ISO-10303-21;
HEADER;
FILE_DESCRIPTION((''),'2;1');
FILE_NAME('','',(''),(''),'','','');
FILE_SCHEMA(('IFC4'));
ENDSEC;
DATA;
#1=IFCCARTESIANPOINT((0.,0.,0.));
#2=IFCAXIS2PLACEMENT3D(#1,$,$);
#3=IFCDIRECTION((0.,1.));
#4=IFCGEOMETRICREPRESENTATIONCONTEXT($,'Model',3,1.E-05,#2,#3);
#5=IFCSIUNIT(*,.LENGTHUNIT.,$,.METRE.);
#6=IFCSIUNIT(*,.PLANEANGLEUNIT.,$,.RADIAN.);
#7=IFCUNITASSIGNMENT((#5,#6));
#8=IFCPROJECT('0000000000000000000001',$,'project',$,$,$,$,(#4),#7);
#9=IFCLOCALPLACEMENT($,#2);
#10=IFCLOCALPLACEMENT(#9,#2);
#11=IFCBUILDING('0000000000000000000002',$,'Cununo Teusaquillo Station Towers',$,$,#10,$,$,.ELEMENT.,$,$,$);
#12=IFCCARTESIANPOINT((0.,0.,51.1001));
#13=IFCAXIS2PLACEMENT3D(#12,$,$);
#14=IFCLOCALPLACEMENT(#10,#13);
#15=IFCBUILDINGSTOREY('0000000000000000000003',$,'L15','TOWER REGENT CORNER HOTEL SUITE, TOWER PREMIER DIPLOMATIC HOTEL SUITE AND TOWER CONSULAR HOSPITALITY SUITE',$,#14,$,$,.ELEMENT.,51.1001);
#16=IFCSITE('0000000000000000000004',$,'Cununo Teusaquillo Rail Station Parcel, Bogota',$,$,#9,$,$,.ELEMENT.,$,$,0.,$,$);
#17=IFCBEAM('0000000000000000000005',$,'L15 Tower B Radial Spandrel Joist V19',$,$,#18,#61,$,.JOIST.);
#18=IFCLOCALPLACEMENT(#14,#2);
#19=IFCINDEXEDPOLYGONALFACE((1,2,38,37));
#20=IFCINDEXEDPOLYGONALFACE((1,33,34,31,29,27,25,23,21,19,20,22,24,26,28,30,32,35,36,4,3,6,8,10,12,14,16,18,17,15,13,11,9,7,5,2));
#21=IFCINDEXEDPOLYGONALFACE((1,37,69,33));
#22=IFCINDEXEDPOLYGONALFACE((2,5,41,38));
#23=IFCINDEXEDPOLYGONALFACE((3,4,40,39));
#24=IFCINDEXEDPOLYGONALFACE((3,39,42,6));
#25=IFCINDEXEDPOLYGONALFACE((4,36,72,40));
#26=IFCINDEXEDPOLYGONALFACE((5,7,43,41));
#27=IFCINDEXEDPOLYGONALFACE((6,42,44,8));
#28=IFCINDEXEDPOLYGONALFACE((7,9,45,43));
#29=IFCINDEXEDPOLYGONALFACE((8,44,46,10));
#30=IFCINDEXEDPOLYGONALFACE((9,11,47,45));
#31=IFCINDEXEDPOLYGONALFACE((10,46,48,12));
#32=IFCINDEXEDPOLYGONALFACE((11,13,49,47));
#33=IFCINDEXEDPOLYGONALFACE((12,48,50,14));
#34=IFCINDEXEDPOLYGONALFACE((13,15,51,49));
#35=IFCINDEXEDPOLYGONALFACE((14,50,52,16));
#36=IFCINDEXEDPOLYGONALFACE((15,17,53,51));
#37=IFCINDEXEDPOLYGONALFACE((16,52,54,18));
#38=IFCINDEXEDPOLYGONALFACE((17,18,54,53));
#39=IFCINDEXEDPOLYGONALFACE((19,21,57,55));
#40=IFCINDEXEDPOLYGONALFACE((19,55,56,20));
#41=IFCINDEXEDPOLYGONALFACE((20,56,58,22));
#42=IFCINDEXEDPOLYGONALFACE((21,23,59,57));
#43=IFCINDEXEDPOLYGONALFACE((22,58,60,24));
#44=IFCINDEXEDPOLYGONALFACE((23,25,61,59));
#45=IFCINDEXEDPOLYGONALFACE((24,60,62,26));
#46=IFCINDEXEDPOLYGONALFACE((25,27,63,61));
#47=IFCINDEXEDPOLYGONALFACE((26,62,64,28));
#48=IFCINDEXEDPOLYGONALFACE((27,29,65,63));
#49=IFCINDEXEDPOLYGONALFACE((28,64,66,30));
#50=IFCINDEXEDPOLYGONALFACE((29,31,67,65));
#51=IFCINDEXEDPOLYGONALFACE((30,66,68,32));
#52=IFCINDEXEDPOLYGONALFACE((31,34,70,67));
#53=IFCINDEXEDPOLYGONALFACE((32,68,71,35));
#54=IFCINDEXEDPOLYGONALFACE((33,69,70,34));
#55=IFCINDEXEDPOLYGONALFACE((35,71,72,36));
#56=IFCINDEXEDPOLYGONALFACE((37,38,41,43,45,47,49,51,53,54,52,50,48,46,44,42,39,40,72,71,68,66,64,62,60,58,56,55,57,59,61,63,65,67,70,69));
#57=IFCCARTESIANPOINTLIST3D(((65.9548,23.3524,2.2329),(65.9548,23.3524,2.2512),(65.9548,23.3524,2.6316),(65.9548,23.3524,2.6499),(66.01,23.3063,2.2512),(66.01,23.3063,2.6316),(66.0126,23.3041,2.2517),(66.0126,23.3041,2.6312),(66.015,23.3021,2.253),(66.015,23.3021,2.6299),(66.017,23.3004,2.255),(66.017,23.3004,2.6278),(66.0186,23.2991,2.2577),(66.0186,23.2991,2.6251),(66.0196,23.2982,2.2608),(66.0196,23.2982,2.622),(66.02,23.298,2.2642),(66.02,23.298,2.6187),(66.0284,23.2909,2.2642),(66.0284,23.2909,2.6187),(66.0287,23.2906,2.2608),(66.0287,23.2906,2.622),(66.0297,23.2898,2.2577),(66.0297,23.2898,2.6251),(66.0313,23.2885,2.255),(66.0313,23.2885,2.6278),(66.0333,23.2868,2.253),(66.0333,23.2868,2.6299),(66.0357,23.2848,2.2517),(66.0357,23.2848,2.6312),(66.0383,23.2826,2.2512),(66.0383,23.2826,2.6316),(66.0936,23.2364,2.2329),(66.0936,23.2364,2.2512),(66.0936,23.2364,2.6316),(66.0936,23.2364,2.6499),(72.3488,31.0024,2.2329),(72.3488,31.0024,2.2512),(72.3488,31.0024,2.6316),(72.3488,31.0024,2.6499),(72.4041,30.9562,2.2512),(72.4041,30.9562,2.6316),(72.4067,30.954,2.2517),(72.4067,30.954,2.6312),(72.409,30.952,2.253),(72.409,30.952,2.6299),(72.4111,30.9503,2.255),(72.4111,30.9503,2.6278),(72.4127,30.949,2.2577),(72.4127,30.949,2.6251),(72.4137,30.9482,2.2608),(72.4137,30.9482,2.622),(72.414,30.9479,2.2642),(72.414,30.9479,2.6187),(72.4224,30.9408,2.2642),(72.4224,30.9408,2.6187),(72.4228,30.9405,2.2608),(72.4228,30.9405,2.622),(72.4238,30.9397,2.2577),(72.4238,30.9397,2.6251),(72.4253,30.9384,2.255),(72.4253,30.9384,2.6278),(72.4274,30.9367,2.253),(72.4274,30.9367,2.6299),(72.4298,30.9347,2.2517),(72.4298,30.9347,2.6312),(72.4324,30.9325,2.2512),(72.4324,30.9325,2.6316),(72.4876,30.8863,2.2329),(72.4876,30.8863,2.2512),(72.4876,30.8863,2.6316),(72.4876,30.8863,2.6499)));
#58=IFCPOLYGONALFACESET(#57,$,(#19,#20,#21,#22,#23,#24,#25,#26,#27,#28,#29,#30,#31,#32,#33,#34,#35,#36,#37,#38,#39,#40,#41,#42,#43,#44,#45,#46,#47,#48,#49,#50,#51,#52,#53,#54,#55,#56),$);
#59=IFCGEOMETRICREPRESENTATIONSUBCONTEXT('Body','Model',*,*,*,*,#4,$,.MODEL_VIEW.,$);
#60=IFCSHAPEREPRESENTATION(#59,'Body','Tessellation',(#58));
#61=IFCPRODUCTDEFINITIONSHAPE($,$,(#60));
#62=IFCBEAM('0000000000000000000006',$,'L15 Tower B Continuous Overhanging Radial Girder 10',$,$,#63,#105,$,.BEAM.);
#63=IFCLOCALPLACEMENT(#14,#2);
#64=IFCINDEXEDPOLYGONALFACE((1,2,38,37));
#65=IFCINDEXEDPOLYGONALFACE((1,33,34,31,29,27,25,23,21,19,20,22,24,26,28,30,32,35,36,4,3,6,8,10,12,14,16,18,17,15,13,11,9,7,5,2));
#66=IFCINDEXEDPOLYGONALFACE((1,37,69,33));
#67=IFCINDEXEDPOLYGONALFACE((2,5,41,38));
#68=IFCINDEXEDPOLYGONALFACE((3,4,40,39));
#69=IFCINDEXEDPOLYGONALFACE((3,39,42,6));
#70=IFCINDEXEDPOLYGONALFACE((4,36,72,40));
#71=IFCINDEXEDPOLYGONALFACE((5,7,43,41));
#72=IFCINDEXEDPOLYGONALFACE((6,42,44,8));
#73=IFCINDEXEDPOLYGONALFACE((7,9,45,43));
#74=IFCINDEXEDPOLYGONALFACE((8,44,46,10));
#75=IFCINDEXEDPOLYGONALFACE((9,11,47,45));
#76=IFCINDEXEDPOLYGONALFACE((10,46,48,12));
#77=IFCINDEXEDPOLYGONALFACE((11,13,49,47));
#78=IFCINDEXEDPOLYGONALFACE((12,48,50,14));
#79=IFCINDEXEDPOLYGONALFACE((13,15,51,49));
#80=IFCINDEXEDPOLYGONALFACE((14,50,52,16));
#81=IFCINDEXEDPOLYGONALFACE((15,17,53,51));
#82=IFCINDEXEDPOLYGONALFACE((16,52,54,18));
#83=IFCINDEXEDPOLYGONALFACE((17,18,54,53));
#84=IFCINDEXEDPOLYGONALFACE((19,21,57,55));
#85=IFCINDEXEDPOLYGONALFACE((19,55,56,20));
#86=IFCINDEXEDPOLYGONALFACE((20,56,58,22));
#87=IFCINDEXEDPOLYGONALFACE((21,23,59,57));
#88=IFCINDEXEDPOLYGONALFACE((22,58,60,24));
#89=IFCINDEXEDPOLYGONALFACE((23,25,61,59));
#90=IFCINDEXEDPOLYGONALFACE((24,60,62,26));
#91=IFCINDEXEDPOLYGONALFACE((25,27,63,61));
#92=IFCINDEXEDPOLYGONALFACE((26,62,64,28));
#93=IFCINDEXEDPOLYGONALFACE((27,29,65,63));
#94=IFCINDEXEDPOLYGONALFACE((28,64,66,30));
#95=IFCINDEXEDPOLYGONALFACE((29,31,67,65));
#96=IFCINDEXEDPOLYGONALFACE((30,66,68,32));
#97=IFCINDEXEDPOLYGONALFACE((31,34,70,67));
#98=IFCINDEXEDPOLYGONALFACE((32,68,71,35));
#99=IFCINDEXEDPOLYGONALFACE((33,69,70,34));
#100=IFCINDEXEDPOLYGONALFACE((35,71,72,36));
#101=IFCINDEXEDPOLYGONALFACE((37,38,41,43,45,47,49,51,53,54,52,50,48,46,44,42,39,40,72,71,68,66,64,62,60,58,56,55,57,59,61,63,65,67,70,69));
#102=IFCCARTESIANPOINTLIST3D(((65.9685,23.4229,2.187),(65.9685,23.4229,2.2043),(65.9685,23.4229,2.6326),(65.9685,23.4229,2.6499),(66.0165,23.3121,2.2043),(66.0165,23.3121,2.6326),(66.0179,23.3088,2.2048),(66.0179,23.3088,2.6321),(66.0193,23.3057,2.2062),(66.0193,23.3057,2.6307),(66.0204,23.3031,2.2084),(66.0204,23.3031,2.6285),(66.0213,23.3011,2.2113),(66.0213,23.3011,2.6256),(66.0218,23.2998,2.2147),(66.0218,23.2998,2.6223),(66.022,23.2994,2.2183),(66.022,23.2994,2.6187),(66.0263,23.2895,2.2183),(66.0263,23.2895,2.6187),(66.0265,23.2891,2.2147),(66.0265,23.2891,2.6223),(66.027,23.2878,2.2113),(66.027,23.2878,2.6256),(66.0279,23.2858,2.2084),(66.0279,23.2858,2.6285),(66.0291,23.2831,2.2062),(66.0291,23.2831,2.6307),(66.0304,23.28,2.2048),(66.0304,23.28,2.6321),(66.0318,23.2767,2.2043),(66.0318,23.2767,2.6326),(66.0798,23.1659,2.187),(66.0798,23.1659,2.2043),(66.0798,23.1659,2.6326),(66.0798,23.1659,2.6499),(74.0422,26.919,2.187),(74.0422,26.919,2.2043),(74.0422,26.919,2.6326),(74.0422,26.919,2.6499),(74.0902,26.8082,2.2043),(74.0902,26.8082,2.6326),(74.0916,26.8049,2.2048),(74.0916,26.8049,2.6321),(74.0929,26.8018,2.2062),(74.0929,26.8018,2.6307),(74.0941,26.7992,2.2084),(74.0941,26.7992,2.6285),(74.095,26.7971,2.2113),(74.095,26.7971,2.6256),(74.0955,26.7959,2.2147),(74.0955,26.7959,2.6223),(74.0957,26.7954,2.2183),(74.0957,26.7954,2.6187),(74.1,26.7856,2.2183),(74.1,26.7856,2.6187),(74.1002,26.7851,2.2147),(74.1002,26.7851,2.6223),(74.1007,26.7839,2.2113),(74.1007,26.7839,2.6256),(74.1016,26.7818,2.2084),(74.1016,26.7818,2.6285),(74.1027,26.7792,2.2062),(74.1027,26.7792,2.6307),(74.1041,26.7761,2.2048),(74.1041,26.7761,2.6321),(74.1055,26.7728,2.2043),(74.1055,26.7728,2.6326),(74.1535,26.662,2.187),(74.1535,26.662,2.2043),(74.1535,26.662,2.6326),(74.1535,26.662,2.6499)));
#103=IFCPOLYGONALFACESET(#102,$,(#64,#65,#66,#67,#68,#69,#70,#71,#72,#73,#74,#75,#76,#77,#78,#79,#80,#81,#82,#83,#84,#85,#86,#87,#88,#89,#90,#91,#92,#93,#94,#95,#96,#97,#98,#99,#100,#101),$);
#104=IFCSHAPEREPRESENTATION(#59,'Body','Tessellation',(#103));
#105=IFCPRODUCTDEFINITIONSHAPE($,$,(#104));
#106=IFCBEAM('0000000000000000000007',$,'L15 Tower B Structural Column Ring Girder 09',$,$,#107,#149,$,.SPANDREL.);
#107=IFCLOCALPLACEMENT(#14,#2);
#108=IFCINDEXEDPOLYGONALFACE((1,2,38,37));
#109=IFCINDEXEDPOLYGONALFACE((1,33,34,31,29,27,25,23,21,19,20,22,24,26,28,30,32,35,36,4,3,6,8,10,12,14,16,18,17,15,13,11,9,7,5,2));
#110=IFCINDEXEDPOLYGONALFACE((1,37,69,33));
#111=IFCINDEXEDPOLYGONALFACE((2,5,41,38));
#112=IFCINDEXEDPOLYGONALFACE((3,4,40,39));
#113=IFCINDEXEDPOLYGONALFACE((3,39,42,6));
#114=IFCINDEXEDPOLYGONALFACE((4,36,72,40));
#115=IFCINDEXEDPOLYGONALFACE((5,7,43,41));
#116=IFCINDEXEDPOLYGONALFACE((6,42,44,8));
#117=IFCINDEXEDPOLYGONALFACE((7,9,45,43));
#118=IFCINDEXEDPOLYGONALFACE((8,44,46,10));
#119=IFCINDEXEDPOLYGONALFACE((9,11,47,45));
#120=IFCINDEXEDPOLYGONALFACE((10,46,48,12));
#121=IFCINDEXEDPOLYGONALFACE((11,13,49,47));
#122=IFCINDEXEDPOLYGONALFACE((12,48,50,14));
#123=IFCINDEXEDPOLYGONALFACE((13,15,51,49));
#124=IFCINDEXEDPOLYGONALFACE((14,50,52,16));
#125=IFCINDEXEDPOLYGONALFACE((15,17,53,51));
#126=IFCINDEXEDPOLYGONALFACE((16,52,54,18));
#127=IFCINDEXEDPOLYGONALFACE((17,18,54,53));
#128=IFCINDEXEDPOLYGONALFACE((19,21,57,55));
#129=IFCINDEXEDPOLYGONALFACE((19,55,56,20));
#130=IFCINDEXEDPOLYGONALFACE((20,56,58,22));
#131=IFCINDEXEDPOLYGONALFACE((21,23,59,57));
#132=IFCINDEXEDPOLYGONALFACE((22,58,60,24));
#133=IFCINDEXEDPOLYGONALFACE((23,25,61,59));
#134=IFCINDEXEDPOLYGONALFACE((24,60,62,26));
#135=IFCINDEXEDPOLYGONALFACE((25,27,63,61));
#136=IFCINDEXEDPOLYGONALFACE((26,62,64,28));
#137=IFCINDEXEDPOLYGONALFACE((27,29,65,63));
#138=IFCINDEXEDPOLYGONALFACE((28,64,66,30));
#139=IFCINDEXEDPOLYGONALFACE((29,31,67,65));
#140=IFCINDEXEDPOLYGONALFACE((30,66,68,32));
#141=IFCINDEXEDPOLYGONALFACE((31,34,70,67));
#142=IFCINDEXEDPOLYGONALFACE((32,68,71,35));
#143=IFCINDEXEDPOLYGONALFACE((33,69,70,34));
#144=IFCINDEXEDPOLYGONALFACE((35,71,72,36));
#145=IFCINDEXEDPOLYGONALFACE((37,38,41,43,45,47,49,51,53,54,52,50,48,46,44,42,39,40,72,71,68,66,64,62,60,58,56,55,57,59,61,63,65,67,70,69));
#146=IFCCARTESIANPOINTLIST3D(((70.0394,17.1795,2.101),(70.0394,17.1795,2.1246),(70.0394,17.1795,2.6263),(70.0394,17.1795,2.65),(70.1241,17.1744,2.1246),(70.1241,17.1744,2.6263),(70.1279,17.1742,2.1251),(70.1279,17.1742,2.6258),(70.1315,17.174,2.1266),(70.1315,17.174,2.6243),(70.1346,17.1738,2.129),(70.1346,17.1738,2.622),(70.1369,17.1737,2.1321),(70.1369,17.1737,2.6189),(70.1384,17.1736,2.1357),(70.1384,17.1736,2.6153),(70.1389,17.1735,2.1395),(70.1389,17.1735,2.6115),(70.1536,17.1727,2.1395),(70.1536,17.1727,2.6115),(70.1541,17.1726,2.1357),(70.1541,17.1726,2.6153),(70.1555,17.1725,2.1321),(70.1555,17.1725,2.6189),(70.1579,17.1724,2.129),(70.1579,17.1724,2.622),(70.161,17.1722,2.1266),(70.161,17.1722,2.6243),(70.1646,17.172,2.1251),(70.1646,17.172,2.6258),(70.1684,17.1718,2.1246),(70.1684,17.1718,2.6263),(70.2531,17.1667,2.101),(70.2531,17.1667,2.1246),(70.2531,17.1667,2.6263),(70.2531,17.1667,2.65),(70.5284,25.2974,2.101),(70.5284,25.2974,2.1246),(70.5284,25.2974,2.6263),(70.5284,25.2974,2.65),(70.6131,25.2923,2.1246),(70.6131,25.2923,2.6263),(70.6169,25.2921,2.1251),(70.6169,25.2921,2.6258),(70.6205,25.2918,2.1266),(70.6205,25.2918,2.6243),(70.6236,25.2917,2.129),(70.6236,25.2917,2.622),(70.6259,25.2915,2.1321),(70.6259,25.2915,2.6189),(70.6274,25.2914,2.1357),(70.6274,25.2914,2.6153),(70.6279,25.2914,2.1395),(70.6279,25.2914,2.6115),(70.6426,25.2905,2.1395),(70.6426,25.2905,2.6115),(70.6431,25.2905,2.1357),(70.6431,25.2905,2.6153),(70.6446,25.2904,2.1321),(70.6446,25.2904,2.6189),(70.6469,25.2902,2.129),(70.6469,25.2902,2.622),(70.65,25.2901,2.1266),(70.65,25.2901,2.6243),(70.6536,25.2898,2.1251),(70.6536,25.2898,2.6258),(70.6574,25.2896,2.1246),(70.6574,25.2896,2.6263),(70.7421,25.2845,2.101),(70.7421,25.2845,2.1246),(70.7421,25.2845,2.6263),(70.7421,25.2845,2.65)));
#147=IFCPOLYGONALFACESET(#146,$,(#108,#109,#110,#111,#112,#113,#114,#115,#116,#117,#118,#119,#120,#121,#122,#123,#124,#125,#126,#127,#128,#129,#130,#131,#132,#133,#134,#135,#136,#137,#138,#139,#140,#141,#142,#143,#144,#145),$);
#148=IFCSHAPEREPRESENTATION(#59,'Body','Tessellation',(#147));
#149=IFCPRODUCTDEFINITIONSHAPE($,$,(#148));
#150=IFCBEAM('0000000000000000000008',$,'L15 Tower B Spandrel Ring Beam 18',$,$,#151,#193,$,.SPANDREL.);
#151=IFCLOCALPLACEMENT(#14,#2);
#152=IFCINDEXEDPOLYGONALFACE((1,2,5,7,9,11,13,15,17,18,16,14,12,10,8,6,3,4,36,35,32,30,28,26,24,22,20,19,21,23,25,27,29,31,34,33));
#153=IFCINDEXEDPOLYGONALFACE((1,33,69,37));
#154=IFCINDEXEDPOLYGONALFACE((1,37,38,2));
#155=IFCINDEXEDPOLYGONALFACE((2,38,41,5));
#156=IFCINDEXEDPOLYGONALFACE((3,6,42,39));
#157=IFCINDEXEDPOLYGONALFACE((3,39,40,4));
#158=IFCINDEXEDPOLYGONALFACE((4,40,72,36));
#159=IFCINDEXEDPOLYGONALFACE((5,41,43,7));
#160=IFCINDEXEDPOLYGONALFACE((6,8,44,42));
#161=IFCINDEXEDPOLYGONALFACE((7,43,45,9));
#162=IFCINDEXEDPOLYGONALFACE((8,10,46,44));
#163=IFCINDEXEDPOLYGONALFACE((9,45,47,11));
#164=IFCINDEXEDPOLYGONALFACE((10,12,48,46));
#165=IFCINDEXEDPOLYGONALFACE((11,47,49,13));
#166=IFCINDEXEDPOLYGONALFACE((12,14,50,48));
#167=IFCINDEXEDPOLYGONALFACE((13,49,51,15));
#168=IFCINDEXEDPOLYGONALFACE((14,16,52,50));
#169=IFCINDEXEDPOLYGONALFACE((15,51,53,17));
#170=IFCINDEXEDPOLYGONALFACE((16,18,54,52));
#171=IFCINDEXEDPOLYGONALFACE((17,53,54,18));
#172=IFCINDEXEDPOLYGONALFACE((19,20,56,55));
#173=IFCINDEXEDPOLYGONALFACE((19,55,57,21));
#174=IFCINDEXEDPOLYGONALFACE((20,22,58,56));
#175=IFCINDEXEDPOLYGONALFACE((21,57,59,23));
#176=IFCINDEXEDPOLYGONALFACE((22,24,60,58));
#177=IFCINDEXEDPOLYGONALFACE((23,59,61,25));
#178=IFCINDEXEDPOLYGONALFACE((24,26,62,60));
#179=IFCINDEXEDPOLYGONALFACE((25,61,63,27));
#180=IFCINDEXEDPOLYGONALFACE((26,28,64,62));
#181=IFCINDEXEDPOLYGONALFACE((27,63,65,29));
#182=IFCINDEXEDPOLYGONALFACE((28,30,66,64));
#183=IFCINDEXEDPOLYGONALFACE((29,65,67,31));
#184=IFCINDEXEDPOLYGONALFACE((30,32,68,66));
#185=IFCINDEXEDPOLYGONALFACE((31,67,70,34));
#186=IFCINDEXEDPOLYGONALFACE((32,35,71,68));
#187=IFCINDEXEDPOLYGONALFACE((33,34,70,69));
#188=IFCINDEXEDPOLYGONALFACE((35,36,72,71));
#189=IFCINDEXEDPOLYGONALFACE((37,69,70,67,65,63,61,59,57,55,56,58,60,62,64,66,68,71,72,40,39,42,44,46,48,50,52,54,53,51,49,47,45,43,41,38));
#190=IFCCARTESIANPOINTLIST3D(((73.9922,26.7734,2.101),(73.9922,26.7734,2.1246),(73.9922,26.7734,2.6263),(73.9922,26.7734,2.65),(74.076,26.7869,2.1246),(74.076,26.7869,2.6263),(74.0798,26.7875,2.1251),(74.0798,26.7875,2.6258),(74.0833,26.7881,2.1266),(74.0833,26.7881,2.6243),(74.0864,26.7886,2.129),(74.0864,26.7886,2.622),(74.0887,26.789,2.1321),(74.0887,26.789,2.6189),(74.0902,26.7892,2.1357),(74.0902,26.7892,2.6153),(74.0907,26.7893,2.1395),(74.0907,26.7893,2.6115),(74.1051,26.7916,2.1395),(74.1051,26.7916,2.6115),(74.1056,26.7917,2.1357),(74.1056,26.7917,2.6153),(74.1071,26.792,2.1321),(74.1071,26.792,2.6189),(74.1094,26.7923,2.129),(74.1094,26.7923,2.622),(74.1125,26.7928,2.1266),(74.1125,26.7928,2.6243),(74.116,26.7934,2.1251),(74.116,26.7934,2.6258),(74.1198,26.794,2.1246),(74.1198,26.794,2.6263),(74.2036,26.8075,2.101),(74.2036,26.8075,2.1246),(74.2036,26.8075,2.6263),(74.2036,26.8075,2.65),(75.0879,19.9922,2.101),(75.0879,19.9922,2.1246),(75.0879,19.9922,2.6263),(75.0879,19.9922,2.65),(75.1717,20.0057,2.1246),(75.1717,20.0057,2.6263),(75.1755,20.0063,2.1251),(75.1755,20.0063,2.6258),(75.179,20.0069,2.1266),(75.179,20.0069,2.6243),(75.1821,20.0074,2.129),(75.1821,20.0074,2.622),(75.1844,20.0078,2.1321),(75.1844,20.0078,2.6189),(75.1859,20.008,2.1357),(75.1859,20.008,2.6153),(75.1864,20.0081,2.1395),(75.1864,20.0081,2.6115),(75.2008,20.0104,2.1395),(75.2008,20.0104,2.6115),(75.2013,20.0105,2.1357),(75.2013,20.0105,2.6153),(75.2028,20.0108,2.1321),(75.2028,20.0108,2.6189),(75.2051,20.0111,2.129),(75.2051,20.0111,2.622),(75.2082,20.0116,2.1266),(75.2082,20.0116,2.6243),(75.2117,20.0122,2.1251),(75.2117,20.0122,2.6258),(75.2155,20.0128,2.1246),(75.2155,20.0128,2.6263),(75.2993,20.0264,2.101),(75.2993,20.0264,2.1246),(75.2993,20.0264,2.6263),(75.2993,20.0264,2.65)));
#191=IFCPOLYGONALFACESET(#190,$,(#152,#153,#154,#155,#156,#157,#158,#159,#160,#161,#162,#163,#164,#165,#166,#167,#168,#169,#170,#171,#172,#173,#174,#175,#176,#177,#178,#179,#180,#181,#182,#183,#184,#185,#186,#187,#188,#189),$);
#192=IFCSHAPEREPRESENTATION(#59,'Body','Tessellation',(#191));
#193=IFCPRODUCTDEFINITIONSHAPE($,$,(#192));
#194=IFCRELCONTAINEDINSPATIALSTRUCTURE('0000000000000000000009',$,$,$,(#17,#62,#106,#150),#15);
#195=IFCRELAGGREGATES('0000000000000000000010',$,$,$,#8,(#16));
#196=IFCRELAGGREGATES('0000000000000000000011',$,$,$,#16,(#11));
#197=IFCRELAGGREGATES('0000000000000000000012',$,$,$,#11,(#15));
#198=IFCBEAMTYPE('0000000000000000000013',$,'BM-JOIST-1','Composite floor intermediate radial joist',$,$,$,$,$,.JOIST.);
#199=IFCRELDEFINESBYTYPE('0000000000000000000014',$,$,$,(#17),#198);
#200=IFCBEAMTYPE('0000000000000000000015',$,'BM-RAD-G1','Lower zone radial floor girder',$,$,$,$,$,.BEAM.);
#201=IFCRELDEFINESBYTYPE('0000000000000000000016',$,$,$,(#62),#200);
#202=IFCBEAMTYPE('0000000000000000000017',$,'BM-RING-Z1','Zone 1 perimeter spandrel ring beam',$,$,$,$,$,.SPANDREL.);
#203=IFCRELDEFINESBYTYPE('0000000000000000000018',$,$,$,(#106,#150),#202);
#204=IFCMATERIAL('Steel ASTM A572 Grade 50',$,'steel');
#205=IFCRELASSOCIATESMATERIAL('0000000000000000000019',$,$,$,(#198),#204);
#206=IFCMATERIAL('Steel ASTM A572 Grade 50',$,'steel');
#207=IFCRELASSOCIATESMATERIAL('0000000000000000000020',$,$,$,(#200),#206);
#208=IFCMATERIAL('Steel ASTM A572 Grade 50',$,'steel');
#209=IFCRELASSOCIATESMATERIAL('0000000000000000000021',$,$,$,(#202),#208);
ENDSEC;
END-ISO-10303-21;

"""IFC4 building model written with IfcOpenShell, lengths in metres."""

from ifc_helpers import new_model, si_unit, direction, frame, origin, origin_2d, place, context, subcontext, project, spatial, i_section, extrude, material, material_profile, profile_set, type_object, element, save


model = new_model("IFC4")

# Units and contexts
model_context = context("Model", 3, precision=1e-05, world=origin(), true_north=direction((0.0, 1.0)))
body_context = subcontext(model_context, "Body", "Model", "MODEL_VIEW")
ifc_project = project(units=[si_unit("LENGTHUNIT", "METRE"), si_unit("PLANEANGLEUNIT", "RADIAN")], contexts=[model_context])

# Site, building, storey
site_placement = place(None, origin())
site = spatial("IfcSite", under=ifc_project, at=site_placement, Name="Cununo Teusaquillo Rail Station Parcel, Bogota", CompositionType="ELEMENT", RefElevation=0.0)
building_placement = place(site_placement, origin())
building = spatial("IfcBuilding", under=site, at=building_placement, Name="Cununo Teusaquillo Station Towers", CompositionType="ELEMENT")
storey_placement = place(building_placement, frame((0.0, 0.0, 51.1001)))
storey = spatial("IfcBuildingStorey", under=building, at=storey_placement, Name="L15", Description="TOWER REGENT CORNER HOTEL SUITE, TOWER PREMIER DIPLOMATIC HOTEL SUITE AND TOWER CONSULAR HOSPITALITY SUITE", CompositionType="ELEMENT", Elevation=51.1001)

# Beams
ifc_material_1 = material(Name="Steel ASTM A572 Grade 50", Category="steel")
ifc_material_profile_1 = material_profile(ifc_material_1, i_section(OverallWidth=0.1809, OverallDepth=0.417, WebThickness=0.011, FlangeThickness=0.0183, FilletRadius=0.0129, at=origin_2d()), Name="W16X57")
ifc_profile_set_1 = profile_set([ifc_material_profile_1], Name="Steel ASTM A572 Grade 50")
beam_type_1 = type_object("IfcBeamType", Name="BM-JOIST-1", Description="Composite floor intermediate radial joist", PredefinedType="JOIST", material=ifc_profile_set_1)
beam_1_placement = place(storey_placement, frame((66.0242, 23.2944, 2.4414), z_axis=(0.641316, 0.767277, 0.0), x_axis=(-0.767277, 0.641316, 0.0)))
element("IfcBeam", 1, at=beam_1_placement, inside=storey, type_object=beam_type_1, Name="L15 Tower B Radial Spandrel Joist V19", PredefinedType="JOIST", context=body_context, shape_type="SweptSolid", body=[
    extrude(i_section(OverallWidth=0.1809, OverallDepth=0.417, WebThickness=0.011, FlangeThickness=0.0183, FilletRadius=0.0129, at=origin_2d()), origin(), (0.0, 0.0, 1.0), 9.9702),
])
ifc_material_2 = material(Name="Steel ASTM A572 Grade 50", Category="steel")
ifc_material_profile_2 = material_profile(ifc_material_2, i_section(OverallWidth=0.28, OverallDepth=0.4629, WebThickness=0.0107, FlangeThickness=0.0173, FilletRadius=0.0139, at=origin_2d()), Name="W18X76")
ifc_profile_set_2 = profile_set([ifc_material_profile_2], Name="Steel ASTM A572 Grade 50")
beam_type_2 = type_object("IfcBeamType", Name="BM-RAD-G1", Description="Lower zone radial floor girder", PredefinedType="BEAM", material=ifc_profile_set_2)
beam_2_placement = place(storey_placement, frame((66.0242, 23.2944, 2.4185), z_axis=(0.91766, 0.397366, 0.0), x_axis=(-0.397366, 0.91766, 0.0)))
element("IfcBeam", 2, at=beam_2_placement, inside=storey, type_object=beam_type_2, Name="L15 Tower B Continuous Overhanging Radial Girder 10", PredefinedType="BEAM", context=body_context, shape_type="SweptSolid", body=[
    extrude(i_section(OverallWidth=0.28, OverallDepth=0.4629, WebThickness=0.0107, FlangeThickness=0.0173, FilletRadius=0.0139, at=origin_2d()), origin(), (0.0, 0.0, 1.0), 8.7981),
])
ifc_material_3 = material(Name="Steel ASTM A572 Grade 50", Category="steel")
ifc_material_profile_3 = material_profile(ifc_material_3, i_section(OverallWidth=0.2141, OverallDepth=0.5491, WebThickness=0.0146, FlangeThickness=0.0237, FilletRadius=0.0149, at=origin_2d()), Name="W21X93")
ifc_profile_set_3 = profile_set([ifc_material_profile_3], Name="Steel ASTM A572 Grade 50")
beam_type_3 = type_object("IfcBeamType", Name="BM-RING-Z1", Description="Zone 1 perimeter spandrel ring beam", PredefinedType="SPANDREL", material=ifc_profile_set_3)
beam_3_placement = place(storey_placement, frame((70.1462, 17.1731, 2.3755), z_axis=(0.06013, 0.998191, 0.0), x_axis=(-0.998191, 0.06013, 0.0)))
element("IfcBeam", 3, at=beam_3_placement, inside=storey, type_object=beam_type_3, Name="L15 Tower B Structural Column Ring Girder 09", PredefinedType="SPANDREL", context=body_context, shape_type="SweptSolid", body=[
    extrude(i_section(OverallWidth=0.2141, OverallDepth=0.5491, WebThickness=0.0146, FlangeThickness=0.0237, FilletRadius=0.0149, at=origin_2d()), origin(), (0.0, 0.0, 1.0), 8.1326),
])
beam_4_placement = place(storey_placement, frame((75.1936, 20.0093, 2.3755), z_axis=(-0.15951, 0.987196, 0.0), x_axis=(-0.987196, -0.15951, 0.0)))
element("IfcBeam", 4, at=beam_4_placement, inside=storey, type_object=beam_type_3, Name="L15 Tower B Spandrel Ring Beam 18", PredefinedType="SPANDREL", context=body_context, shape_type="SweptSolid", body=[
    extrude(i_section(OverallWidth=0.2141, OverallDepth=0.5491, WebThickness=0.0146, FlangeThickness=0.0237, FilletRadius=0.0149, at=origin_2d()), origin(), (0.0, 0.0, 1.0), 6.8691),
])

save(model, "model.ifc")
